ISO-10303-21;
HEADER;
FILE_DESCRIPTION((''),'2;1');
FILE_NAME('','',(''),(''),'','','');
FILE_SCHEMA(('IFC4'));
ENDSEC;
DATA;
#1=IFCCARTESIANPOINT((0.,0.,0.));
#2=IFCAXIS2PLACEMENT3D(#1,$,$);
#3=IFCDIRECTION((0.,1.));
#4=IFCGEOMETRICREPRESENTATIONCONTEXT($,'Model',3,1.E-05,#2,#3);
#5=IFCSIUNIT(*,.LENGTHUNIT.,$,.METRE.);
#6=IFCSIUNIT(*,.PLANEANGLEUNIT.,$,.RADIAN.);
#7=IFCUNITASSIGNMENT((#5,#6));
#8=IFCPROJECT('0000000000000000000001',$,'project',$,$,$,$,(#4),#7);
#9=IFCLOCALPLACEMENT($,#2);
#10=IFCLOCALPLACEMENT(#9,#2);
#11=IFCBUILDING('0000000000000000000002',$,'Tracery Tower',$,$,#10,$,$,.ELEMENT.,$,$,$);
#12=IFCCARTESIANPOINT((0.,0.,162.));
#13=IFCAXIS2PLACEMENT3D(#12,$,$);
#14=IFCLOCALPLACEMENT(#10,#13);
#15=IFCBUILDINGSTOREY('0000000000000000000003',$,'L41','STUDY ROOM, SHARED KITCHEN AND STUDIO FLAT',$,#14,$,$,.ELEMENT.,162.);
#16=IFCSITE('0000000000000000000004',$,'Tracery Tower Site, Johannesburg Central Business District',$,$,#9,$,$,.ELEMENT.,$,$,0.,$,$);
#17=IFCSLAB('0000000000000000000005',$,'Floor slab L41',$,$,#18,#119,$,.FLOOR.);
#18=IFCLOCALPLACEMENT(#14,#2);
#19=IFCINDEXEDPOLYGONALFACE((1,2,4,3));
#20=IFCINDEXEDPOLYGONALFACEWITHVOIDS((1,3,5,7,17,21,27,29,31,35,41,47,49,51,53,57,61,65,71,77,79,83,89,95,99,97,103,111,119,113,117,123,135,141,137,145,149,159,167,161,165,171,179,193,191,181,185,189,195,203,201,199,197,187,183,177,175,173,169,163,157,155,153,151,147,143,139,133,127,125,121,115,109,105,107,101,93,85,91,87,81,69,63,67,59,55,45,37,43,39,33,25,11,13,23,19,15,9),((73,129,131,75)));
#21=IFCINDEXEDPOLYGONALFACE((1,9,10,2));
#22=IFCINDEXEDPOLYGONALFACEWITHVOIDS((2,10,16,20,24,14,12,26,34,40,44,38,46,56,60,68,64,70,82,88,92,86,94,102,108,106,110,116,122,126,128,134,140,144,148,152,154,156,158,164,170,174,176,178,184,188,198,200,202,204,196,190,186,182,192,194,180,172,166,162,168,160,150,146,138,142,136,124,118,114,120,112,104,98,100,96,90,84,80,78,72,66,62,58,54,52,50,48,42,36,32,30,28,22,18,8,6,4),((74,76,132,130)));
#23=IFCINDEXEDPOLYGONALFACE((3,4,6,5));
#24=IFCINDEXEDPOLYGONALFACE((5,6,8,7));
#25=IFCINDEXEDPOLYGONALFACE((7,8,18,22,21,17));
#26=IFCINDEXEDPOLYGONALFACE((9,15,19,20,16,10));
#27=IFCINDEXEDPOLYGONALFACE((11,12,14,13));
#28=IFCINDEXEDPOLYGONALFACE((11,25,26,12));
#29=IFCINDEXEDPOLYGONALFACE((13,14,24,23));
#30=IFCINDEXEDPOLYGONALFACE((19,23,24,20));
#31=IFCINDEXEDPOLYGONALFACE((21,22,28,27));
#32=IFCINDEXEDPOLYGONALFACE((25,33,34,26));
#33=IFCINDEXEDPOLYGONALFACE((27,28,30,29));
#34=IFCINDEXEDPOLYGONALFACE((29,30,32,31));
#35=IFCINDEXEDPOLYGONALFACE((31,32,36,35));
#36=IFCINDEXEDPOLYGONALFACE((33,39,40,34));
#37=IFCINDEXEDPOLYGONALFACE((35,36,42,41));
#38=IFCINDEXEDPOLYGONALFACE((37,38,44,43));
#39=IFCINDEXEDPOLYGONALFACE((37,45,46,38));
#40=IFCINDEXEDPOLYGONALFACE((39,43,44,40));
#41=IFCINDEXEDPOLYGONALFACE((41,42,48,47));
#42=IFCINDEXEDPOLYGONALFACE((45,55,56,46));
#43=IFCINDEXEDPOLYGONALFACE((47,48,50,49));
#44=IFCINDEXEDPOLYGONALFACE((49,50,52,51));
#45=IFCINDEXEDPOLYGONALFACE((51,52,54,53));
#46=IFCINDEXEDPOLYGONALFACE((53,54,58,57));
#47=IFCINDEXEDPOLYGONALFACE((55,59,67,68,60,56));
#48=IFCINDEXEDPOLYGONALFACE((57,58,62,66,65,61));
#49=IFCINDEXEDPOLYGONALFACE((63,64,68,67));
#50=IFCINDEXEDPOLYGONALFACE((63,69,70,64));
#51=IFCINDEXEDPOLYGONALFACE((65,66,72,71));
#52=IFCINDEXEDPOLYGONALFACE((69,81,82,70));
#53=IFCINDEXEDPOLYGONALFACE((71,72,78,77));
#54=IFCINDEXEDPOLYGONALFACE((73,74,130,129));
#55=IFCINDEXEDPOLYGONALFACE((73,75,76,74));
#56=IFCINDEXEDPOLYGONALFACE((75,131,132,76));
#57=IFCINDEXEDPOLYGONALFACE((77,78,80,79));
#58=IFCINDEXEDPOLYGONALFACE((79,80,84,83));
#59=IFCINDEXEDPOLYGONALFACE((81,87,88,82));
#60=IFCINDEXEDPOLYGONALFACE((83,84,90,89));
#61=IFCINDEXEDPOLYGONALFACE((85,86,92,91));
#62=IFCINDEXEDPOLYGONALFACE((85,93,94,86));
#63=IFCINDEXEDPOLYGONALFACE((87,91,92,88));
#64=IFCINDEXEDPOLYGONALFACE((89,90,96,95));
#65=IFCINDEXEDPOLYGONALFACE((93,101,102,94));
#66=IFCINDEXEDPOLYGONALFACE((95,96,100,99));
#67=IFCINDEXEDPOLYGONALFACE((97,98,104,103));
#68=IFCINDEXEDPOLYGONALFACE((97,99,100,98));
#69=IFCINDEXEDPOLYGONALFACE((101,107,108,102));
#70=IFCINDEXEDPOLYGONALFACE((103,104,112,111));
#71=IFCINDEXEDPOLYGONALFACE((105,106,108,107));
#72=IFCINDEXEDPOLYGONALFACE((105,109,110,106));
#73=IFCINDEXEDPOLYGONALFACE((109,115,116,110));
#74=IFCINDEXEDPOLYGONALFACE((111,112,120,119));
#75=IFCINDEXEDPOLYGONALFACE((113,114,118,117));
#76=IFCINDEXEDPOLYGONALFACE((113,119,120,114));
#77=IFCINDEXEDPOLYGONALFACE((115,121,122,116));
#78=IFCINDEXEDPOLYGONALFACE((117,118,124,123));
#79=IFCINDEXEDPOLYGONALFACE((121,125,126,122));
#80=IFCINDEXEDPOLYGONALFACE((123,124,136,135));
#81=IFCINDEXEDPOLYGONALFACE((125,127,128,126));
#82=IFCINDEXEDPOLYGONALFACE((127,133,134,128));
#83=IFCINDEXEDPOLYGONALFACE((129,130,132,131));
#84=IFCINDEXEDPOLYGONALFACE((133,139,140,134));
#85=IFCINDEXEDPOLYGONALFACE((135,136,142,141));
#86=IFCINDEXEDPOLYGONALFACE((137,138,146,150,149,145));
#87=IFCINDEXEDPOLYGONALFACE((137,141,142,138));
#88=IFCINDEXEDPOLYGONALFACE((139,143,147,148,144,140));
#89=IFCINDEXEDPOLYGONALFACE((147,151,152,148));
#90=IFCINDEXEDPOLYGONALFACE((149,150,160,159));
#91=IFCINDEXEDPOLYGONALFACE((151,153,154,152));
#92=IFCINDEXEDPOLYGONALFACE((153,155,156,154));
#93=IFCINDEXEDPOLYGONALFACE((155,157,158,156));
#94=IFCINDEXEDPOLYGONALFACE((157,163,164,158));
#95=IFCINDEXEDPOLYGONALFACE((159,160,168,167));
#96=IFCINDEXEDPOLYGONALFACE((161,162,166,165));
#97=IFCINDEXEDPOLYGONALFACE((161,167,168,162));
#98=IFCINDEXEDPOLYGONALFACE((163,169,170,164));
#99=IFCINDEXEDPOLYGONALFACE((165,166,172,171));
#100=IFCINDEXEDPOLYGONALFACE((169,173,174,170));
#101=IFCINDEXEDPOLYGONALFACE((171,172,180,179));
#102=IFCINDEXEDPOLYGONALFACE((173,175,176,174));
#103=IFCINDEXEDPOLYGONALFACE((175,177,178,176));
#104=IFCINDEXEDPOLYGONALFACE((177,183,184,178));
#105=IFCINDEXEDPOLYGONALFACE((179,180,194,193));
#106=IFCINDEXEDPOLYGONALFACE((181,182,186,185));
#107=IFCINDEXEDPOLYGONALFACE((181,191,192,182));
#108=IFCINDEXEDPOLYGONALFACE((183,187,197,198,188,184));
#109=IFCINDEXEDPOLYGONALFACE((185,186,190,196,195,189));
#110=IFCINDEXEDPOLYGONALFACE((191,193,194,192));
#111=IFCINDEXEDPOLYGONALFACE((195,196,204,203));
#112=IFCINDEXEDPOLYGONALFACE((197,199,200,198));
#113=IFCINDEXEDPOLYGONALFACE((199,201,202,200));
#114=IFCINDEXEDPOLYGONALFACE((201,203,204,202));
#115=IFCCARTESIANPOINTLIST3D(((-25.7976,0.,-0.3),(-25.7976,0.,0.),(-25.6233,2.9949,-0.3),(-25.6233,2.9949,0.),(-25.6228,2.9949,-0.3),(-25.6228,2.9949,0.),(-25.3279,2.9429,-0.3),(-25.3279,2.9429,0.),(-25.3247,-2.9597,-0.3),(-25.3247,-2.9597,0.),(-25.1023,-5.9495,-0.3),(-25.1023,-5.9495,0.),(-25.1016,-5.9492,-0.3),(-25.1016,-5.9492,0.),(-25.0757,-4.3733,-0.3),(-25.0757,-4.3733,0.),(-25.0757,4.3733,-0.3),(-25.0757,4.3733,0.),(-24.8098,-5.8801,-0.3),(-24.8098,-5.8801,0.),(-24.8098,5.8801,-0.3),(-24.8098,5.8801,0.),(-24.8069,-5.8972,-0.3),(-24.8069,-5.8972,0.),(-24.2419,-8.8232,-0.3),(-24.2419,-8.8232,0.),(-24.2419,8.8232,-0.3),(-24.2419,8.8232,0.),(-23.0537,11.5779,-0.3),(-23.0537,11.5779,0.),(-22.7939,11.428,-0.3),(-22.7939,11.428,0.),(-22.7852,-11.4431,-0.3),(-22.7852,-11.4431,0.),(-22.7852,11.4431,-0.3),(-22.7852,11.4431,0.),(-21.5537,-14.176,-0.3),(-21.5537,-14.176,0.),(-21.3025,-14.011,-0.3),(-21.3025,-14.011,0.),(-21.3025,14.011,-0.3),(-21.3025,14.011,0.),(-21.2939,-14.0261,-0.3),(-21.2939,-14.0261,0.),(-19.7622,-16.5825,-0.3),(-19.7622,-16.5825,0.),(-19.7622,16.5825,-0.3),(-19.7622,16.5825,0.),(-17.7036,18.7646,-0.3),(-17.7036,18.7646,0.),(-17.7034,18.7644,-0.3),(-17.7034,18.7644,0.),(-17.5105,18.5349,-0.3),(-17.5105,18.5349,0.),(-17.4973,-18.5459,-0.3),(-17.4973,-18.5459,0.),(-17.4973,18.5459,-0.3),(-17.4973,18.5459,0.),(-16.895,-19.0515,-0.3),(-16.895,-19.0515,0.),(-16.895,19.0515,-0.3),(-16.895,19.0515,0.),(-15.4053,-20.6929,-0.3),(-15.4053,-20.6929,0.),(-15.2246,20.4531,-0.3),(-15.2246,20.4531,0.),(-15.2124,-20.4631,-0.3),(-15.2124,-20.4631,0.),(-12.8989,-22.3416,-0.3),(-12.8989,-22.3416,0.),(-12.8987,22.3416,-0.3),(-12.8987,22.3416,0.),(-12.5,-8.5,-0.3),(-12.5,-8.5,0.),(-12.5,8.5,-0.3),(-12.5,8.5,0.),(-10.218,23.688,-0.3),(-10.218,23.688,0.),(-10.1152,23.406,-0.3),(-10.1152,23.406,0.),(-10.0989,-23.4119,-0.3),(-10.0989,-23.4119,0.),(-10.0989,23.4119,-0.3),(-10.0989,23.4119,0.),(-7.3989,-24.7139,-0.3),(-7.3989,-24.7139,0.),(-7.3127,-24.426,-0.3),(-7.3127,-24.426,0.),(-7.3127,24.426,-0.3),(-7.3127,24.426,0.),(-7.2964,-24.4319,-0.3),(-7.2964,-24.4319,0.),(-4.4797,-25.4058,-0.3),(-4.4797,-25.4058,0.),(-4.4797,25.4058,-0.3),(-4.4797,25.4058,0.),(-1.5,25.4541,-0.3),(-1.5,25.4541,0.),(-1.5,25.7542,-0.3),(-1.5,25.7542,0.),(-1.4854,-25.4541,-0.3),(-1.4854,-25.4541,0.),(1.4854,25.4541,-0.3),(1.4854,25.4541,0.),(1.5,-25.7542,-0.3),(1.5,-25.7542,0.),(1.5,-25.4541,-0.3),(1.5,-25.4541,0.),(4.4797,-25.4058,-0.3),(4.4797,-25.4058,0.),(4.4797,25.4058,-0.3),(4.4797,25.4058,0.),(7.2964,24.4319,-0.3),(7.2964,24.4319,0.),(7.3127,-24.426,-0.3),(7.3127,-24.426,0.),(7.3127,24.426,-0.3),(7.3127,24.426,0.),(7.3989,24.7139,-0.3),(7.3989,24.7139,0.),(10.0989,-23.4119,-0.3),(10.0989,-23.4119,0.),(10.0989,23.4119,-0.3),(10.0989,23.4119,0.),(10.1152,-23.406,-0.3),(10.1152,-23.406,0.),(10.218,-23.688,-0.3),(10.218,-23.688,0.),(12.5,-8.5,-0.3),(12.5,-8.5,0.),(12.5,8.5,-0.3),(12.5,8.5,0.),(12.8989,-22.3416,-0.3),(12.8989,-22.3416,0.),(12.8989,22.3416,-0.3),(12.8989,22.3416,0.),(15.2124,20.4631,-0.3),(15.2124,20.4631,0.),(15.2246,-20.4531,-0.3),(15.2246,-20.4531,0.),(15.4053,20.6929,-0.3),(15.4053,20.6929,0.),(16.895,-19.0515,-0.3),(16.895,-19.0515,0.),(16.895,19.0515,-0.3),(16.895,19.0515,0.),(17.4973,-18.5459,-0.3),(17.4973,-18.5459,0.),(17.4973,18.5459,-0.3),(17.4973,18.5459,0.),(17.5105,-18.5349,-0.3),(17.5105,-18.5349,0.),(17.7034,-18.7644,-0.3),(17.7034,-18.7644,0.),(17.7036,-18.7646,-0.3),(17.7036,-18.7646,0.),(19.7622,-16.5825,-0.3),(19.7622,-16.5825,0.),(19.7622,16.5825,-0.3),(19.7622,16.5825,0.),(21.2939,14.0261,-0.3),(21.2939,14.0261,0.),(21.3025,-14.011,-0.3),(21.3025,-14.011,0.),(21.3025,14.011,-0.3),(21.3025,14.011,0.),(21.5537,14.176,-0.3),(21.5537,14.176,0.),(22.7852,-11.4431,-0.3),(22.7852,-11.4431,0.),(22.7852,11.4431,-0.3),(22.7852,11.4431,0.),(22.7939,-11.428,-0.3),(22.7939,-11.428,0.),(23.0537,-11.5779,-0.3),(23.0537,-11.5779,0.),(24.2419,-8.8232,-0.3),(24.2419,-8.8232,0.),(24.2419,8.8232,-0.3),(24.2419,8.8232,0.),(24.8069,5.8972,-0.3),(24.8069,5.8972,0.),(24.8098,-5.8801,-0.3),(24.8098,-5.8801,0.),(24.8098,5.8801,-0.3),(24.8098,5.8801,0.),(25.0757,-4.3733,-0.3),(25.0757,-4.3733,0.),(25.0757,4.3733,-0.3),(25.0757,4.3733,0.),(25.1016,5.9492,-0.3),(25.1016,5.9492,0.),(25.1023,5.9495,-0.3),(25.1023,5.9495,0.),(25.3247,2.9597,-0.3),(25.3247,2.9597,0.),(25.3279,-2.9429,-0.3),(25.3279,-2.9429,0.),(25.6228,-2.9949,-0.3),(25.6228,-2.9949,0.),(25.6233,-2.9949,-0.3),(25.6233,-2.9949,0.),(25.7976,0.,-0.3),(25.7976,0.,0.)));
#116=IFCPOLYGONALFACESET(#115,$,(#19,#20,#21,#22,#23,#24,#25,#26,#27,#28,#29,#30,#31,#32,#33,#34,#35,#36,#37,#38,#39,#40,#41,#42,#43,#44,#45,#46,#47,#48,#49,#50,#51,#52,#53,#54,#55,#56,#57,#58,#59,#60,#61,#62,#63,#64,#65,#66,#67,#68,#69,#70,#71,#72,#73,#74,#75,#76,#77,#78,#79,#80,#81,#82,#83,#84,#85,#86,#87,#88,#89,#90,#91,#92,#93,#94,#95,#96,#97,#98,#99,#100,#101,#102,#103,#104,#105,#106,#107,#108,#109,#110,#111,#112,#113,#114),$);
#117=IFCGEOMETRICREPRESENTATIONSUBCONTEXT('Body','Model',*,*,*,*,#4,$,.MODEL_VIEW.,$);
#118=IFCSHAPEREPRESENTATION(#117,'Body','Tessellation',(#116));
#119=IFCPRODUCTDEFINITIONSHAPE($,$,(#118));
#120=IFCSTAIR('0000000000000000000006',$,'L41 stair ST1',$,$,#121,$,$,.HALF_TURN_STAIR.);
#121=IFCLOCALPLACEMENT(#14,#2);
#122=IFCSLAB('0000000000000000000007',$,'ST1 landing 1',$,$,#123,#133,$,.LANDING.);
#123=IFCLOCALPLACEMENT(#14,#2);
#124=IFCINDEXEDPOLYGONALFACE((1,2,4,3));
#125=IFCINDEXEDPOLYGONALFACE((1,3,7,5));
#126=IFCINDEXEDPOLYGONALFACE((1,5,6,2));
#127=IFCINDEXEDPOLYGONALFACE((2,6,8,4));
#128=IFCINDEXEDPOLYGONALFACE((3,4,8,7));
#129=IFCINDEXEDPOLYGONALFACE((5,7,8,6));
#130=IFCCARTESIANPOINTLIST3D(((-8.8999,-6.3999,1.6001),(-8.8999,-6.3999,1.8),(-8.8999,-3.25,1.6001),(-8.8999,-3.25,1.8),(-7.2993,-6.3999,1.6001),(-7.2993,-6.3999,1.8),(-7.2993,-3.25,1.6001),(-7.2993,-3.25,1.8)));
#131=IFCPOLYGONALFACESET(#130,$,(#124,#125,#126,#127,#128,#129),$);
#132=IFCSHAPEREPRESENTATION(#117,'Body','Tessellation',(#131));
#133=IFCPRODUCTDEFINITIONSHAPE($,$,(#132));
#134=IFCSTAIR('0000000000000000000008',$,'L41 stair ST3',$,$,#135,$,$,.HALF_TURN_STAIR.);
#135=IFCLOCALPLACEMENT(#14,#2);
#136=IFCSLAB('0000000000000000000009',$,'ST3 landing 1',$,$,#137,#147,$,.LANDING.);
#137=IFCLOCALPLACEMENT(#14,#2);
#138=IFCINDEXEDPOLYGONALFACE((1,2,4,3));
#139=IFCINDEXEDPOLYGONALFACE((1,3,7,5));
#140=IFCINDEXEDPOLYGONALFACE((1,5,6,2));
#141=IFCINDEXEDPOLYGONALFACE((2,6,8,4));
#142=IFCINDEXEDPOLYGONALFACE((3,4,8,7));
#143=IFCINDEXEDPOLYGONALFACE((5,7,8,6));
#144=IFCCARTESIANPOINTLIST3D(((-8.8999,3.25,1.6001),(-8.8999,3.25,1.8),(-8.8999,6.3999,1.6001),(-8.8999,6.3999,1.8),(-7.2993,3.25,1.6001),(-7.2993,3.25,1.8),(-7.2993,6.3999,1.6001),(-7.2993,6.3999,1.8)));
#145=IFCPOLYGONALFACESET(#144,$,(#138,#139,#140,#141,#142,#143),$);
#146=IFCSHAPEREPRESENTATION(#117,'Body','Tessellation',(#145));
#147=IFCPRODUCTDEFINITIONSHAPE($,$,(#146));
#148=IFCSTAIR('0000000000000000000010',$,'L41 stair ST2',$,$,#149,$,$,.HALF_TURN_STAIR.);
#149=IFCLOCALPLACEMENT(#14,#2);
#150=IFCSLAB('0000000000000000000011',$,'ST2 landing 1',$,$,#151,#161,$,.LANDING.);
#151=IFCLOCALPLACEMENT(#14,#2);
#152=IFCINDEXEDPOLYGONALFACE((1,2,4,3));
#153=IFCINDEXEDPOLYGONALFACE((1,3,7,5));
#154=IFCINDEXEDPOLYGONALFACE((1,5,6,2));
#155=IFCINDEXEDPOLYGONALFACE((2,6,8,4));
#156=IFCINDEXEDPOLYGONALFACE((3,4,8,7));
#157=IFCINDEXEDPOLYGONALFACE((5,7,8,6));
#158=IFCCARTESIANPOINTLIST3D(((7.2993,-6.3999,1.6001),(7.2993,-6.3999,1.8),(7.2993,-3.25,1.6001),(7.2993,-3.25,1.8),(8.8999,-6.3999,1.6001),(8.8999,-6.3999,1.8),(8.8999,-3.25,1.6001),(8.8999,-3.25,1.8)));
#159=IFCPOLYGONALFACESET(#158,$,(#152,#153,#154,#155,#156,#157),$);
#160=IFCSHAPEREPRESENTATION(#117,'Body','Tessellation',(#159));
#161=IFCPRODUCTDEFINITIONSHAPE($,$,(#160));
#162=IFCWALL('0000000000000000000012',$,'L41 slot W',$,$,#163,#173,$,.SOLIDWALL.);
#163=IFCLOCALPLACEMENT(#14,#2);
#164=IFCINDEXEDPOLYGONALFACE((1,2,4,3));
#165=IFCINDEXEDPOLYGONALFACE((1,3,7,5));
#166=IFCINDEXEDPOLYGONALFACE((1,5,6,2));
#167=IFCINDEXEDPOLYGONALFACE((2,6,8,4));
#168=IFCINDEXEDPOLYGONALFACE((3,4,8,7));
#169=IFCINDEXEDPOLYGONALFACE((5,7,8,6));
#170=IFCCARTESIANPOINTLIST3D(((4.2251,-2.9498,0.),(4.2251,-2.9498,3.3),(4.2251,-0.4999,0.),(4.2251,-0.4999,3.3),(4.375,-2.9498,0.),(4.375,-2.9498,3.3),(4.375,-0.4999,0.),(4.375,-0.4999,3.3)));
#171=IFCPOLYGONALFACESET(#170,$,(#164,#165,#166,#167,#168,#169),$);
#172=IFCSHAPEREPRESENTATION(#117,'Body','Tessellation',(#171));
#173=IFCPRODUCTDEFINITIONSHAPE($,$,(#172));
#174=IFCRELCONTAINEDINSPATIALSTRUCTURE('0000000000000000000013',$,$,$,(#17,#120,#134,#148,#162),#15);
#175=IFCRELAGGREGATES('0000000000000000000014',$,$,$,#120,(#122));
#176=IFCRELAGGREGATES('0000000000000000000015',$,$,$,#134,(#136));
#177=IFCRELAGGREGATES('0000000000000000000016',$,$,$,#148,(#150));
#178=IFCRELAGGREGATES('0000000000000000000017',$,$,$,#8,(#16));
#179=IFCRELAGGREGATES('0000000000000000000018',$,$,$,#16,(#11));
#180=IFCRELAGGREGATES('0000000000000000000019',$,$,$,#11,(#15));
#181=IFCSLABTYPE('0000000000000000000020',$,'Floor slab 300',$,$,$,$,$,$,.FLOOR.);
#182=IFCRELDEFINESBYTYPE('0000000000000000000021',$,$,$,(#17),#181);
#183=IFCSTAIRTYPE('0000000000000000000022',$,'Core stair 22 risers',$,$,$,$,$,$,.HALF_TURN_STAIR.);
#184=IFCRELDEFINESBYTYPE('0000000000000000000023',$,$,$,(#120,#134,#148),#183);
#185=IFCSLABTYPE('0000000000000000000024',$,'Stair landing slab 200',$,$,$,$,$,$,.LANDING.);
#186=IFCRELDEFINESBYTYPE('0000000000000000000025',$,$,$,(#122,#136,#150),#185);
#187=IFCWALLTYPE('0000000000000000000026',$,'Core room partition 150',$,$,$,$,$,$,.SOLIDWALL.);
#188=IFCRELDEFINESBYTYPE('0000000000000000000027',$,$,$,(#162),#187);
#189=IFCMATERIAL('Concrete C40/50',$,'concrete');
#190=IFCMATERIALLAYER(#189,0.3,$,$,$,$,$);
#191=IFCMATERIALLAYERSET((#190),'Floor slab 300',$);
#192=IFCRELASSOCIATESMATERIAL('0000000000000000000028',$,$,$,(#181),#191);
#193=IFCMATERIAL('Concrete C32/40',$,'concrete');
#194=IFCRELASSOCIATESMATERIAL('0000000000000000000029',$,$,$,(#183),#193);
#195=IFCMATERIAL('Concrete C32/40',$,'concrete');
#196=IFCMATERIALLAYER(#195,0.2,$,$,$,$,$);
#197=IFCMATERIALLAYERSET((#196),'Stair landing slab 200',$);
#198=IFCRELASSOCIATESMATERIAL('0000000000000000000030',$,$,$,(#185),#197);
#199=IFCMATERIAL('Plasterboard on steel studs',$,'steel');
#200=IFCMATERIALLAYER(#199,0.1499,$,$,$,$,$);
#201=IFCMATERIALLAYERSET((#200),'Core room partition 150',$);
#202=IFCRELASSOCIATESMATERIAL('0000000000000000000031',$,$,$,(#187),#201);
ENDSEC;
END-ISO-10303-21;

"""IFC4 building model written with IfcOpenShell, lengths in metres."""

from ifc_helpers import new_model, si_unit, direction, frame, frame_2d, origin, place, context, subcontext, project, spatial, polyline, rectangle, outline, extrude, material, layer, layer_set, type_object, element, aggregate, save


model = new_model("IFC4")

# Units and contexts
model_context = context("Model", 3, precision=1e-05, world=origin(), true_north=direction((0.0, 1.0)))
body_context = subcontext(model_context, "Body", "Model", "MODEL_VIEW")
ifc_project = project(units=[si_unit("LENGTHUNIT", "METRE"), si_unit("PLANEANGLEUNIT", "RADIAN")], contexts=[model_context])

# Site, building, storey
site_placement = place(None, origin())
site = spatial("IfcSite", under=ifc_project, at=site_placement, Name="Tracery Tower Site, Johannesburg Central Business District", CompositionType="ELEMENT", RefElevation=0.0)
building_placement = place(site_placement, origin())
building = spatial("IfcBuilding", under=site, at=building_placement, Name="Tracery Tower", CompositionType="ELEMENT")
storey_placement = place(building_placement, frame((0.0, 0.0, 162.0)))
storey = spatial("IfcBuildingStorey", under=building, at=storey_placement, Name="L41", Description="STUDY ROOM, SHARED KITCHEN AND STUDIO FLAT", CompositionType="ELEMENT", Elevation=162.0)

# Slab
ifc_material_1 = material(Name="Concrete C40/50", Category="concrete")
ifc_layer_1 = layer(ifc_material_1, 0.3)
ifc_layer_set_1 = layer_set([ifc_layer_1], Name="Floor slab 300")
slab_type_1 = type_object("IfcSlabType", Name="Floor slab 300", PredefinedType="FLOOR", material=ifc_layer_set_1)
slab_1_placement = place(storey_placement, frame((0.0, 0.0, -0.3)))
element("IfcSlab", 1, at=slab_1_placement, inside=storey, type_object=slab_type_1, Name="Floor slab L41", PredefinedType="FLOOR", context=body_context, shape_type="SweptSolid", body=[
    extrude(outline(polyline([(25.3247, 2.9597), (25.0757, 4.3733), (24.8098, 5.8801), (24.8098, 5.8801), (24.8069, 5.8972), (25.1016, 5.9492), (25.1023, 5.9495), (24.2419, 8.8232), (22.7852, 11.4431), (21.3025, 14.011), (21.3025, 14.011), (21.2939, 14.0261), (21.5537, 14.176), (21.5537, 14.176), (19.7622, 16.5825), (17.4973, 18.5459), (16.895, 19.0515), (15.2124, 20.4631), (15.4053, 20.6929), (12.8989, 22.3416), (10.0989, 23.4119), (7.3127, 24.426), (7.3127, 24.426), (7.2964, 24.4319), (7.3989, 24.7139), (4.4797, 25.4058), (1.4854, 25.4541), (-1.5, 25.4541), (-1.5, 25.7542), (-4.4797, 25.4058), (-7.3127, 24.426), (-10.0989, 23.4119), (-10.0989, 23.4119), (-10.1152, 23.406), (-10.218, 23.688), (-12.8987, 22.3416), (-15.2246, 20.4531), (-16.895, 19.0515), (-17.4973, 18.5459), (-17.4973, 18.5459), (-17.5105, 18.5349), (-17.7034, 18.7644), (-17.7036, 18.7646), (-19.7622, 16.5825), (-21.3025, 14.011), (-22.7852, 11.4431), (-22.7852, 11.4431), (-22.7939, 11.428), (-23.0537, 11.5779), (-23.0537, 11.5779), (-24.2419, 8.8232), (-24.8098, 5.8801), (-25.0757, 4.3733), (-25.3279, 2.9429), (-25.6228, 2.9949), (-25.6233, 2.9949), (-25.7976, 0.0), (-25.3247, -2.9597), (-25.0757, -4.3733), (-24.8098, -5.8801), (-24.8098, -5.8801), (-24.8069, -5.8972), (-25.1016, -5.9492), (-25.1023, -5.9495), (-24.2419, -8.8232), (-22.7852, -11.4431), (-21.3025, -14.011), (-21.3025, -14.011), (-21.2939, -14.0261), (-21.5537, -14.176), (-21.5537, -14.176), (-19.7622, -16.5825), (-17.4973, -18.5459), (-16.895, -19.0515), (-15.2124, -20.4631), (-15.4053, -20.6929), (-12.8989, -22.3416), (-10.0989, -23.4119), (-7.3127, -24.426), (-7.3127, -24.426), (-7.2964, -24.4319), (-7.3989, -24.7139), (-4.4797, -25.4058), (-1.4854, -25.4541), (1.5, -25.4541), (1.5, -25.7542), (4.4797, -25.4058), (7.3127, -24.426), (10.0989, -23.4119), (10.0989, -23.4119), (10.1152, -23.406), (10.218, -23.688), (12.8989, -22.3416), (15.2246, -20.4531), (16.895, -19.0515), (17.4973, -18.5459), (17.4973, -18.5459), (17.5105, -18.5349), (17.7034, -18.7644), (17.7036, -18.7646), (19.7622, -16.5825), (21.3025, -14.011), (22.7852, -11.4431), (22.7852, -11.4431), (22.7939, -11.428), (23.0537, -11.5779), (23.0537, -11.5779), (24.2419, -8.8232), (24.8098, -5.8801), (25.0757, -4.3733), (25.3279, -2.9429), (25.6228, -2.9949), (25.6233, -2.9949), (25.7976, 0.0), (25.3247, 2.9597)]), holes=[polyline([(-12.5, -8.5), (12.5, -8.5), (12.5, 8.5), (-12.5, 8.5), (-12.5, -8.5)])]), origin(), (0.0, 0.0, 1.0), 0.3),
])

# Stairs, slabs
ifc_material_2 = material(Name="Concrete C32/40", Category="concrete")
stair_type = type_object("IfcStairType", Name="Core stair 22 risers", PredefinedType="HALF_TURN_STAIR", material=ifc_material_2)
stair_1_placement = place(storey_placement, origin())
stair_1 = element("IfcStair", 2, at=stair_1_placement, inside=storey, type_object=stair_type, Name="L41 stair ST1", PredefinedType="HALF_TURN_STAIR")
ifc_material_3 = material(Name="Concrete C32/40", Category="concrete")
ifc_layer_2 = layer(ifc_material_3, 0.2)
ifc_layer_set_2 = layer_set([ifc_layer_2], Name="Stair landing slab 200")
slab_type_2 = type_object("IfcSlabType", Name="Stair landing slab 200", PredefinedType="LANDING", material=ifc_layer_set_2)
slab_2_placement = place(storey_placement, frame((0.0, 0.0, 1.6001)))
slab_2 = element("IfcSlab", 3, at=slab_2_placement, type_object=slab_type_2, Name="ST1 landing 1", PredefinedType="LANDING", context=body_context, shape_type="SweptSolid", body=[
    extrude(outline(polyline([(-7.2993, -3.25), (-8.8999, -3.25), (-8.8999, -6.3999), (-7.2993, -6.3999), (-7.2993, -3.25)])), origin(), (0.0, 0.0, 1.0), 0.2),
])
aggregate(stair_1, [slab_2])
stair_2_placement = place(storey_placement, origin())
stair_2 = element("IfcStair", 4, at=stair_2_placement, inside=storey, type_object=stair_type, Name="L41 stair ST3", PredefinedType="HALF_TURN_STAIR")
slab_3_placement = place(storey_placement, frame((0.0, 0.0, 1.6001)))
slab_3 = element("IfcSlab", 5, at=slab_3_placement, type_object=slab_type_2, Name="ST3 landing 1", PredefinedType="LANDING", context=body_context, shape_type="SweptSolid", body=[
    extrude(outline(polyline([(-7.2993, 6.3999), (-8.8999, 6.3999), (-8.8999, 3.25), (-7.2993, 3.25), (-7.2993, 6.3999)])), origin(), (0.0, 0.0, 1.0), 0.2),
])
aggregate(stair_2, [slab_3])
stair_3_placement = place(storey_placement, origin())
stair_3 = element("IfcStair", 6, at=stair_3_placement, inside=storey, type_object=stair_type, Name="L41 stair ST2", PredefinedType="HALF_TURN_STAIR")
slab_4_placement = place(storey_placement, frame((0.0, 0.0, 1.6001)))
slab_4 = element("IfcSlab", 7, at=slab_4_placement, type_object=slab_type_2, Name="ST2 landing 1", PredefinedType="LANDING", context=body_context, shape_type="SweptSolid", body=[
    extrude(outline(polyline([(7.2993, -6.3999), (8.8999, -6.3999), (8.8999, -3.25), (7.2993, -3.25), (7.2993, -6.3999)])), origin(), (0.0, 0.0, 1.0), 0.2),
])

# Wall
ifc_material_4 = material(Name="Plasterboard on steel studs", Category="steel")
ifc_layer_3 = layer(ifc_material_4, 0.1499)
ifc_layer_set_3 = layer_set([ifc_layer_3], Name="Core room partition 150")
wall_type_1 = type_object("IfcWallType", Name="Core room partition 150", PredefinedType="SOLIDWALL", material=ifc_layer_set_3)
wall_1_placement = place(storey_placement, frame((4.3, -2.95, 0.0), z_axis=(0.0, 0.0, 1.0), x_axis=(0.0, 1.0, 0.0)))
element("IfcWall", 8, at=wall_1_placement, inside=storey, type_object=wall_type_1, Name="L41 slot W", PredefinedType="SOLIDWALL", context=body_context, shape_type="SweptSolid", body=[
    extrude(rectangle(XDim=2.45, YDim=0.1499, at=frame_2d((1.2251, 0.0))), origin(), (0.0, 0.0, 1.0), 3.3),
])

aggregate(stair_3, [slab_4])

save(model, "model.ifc")
